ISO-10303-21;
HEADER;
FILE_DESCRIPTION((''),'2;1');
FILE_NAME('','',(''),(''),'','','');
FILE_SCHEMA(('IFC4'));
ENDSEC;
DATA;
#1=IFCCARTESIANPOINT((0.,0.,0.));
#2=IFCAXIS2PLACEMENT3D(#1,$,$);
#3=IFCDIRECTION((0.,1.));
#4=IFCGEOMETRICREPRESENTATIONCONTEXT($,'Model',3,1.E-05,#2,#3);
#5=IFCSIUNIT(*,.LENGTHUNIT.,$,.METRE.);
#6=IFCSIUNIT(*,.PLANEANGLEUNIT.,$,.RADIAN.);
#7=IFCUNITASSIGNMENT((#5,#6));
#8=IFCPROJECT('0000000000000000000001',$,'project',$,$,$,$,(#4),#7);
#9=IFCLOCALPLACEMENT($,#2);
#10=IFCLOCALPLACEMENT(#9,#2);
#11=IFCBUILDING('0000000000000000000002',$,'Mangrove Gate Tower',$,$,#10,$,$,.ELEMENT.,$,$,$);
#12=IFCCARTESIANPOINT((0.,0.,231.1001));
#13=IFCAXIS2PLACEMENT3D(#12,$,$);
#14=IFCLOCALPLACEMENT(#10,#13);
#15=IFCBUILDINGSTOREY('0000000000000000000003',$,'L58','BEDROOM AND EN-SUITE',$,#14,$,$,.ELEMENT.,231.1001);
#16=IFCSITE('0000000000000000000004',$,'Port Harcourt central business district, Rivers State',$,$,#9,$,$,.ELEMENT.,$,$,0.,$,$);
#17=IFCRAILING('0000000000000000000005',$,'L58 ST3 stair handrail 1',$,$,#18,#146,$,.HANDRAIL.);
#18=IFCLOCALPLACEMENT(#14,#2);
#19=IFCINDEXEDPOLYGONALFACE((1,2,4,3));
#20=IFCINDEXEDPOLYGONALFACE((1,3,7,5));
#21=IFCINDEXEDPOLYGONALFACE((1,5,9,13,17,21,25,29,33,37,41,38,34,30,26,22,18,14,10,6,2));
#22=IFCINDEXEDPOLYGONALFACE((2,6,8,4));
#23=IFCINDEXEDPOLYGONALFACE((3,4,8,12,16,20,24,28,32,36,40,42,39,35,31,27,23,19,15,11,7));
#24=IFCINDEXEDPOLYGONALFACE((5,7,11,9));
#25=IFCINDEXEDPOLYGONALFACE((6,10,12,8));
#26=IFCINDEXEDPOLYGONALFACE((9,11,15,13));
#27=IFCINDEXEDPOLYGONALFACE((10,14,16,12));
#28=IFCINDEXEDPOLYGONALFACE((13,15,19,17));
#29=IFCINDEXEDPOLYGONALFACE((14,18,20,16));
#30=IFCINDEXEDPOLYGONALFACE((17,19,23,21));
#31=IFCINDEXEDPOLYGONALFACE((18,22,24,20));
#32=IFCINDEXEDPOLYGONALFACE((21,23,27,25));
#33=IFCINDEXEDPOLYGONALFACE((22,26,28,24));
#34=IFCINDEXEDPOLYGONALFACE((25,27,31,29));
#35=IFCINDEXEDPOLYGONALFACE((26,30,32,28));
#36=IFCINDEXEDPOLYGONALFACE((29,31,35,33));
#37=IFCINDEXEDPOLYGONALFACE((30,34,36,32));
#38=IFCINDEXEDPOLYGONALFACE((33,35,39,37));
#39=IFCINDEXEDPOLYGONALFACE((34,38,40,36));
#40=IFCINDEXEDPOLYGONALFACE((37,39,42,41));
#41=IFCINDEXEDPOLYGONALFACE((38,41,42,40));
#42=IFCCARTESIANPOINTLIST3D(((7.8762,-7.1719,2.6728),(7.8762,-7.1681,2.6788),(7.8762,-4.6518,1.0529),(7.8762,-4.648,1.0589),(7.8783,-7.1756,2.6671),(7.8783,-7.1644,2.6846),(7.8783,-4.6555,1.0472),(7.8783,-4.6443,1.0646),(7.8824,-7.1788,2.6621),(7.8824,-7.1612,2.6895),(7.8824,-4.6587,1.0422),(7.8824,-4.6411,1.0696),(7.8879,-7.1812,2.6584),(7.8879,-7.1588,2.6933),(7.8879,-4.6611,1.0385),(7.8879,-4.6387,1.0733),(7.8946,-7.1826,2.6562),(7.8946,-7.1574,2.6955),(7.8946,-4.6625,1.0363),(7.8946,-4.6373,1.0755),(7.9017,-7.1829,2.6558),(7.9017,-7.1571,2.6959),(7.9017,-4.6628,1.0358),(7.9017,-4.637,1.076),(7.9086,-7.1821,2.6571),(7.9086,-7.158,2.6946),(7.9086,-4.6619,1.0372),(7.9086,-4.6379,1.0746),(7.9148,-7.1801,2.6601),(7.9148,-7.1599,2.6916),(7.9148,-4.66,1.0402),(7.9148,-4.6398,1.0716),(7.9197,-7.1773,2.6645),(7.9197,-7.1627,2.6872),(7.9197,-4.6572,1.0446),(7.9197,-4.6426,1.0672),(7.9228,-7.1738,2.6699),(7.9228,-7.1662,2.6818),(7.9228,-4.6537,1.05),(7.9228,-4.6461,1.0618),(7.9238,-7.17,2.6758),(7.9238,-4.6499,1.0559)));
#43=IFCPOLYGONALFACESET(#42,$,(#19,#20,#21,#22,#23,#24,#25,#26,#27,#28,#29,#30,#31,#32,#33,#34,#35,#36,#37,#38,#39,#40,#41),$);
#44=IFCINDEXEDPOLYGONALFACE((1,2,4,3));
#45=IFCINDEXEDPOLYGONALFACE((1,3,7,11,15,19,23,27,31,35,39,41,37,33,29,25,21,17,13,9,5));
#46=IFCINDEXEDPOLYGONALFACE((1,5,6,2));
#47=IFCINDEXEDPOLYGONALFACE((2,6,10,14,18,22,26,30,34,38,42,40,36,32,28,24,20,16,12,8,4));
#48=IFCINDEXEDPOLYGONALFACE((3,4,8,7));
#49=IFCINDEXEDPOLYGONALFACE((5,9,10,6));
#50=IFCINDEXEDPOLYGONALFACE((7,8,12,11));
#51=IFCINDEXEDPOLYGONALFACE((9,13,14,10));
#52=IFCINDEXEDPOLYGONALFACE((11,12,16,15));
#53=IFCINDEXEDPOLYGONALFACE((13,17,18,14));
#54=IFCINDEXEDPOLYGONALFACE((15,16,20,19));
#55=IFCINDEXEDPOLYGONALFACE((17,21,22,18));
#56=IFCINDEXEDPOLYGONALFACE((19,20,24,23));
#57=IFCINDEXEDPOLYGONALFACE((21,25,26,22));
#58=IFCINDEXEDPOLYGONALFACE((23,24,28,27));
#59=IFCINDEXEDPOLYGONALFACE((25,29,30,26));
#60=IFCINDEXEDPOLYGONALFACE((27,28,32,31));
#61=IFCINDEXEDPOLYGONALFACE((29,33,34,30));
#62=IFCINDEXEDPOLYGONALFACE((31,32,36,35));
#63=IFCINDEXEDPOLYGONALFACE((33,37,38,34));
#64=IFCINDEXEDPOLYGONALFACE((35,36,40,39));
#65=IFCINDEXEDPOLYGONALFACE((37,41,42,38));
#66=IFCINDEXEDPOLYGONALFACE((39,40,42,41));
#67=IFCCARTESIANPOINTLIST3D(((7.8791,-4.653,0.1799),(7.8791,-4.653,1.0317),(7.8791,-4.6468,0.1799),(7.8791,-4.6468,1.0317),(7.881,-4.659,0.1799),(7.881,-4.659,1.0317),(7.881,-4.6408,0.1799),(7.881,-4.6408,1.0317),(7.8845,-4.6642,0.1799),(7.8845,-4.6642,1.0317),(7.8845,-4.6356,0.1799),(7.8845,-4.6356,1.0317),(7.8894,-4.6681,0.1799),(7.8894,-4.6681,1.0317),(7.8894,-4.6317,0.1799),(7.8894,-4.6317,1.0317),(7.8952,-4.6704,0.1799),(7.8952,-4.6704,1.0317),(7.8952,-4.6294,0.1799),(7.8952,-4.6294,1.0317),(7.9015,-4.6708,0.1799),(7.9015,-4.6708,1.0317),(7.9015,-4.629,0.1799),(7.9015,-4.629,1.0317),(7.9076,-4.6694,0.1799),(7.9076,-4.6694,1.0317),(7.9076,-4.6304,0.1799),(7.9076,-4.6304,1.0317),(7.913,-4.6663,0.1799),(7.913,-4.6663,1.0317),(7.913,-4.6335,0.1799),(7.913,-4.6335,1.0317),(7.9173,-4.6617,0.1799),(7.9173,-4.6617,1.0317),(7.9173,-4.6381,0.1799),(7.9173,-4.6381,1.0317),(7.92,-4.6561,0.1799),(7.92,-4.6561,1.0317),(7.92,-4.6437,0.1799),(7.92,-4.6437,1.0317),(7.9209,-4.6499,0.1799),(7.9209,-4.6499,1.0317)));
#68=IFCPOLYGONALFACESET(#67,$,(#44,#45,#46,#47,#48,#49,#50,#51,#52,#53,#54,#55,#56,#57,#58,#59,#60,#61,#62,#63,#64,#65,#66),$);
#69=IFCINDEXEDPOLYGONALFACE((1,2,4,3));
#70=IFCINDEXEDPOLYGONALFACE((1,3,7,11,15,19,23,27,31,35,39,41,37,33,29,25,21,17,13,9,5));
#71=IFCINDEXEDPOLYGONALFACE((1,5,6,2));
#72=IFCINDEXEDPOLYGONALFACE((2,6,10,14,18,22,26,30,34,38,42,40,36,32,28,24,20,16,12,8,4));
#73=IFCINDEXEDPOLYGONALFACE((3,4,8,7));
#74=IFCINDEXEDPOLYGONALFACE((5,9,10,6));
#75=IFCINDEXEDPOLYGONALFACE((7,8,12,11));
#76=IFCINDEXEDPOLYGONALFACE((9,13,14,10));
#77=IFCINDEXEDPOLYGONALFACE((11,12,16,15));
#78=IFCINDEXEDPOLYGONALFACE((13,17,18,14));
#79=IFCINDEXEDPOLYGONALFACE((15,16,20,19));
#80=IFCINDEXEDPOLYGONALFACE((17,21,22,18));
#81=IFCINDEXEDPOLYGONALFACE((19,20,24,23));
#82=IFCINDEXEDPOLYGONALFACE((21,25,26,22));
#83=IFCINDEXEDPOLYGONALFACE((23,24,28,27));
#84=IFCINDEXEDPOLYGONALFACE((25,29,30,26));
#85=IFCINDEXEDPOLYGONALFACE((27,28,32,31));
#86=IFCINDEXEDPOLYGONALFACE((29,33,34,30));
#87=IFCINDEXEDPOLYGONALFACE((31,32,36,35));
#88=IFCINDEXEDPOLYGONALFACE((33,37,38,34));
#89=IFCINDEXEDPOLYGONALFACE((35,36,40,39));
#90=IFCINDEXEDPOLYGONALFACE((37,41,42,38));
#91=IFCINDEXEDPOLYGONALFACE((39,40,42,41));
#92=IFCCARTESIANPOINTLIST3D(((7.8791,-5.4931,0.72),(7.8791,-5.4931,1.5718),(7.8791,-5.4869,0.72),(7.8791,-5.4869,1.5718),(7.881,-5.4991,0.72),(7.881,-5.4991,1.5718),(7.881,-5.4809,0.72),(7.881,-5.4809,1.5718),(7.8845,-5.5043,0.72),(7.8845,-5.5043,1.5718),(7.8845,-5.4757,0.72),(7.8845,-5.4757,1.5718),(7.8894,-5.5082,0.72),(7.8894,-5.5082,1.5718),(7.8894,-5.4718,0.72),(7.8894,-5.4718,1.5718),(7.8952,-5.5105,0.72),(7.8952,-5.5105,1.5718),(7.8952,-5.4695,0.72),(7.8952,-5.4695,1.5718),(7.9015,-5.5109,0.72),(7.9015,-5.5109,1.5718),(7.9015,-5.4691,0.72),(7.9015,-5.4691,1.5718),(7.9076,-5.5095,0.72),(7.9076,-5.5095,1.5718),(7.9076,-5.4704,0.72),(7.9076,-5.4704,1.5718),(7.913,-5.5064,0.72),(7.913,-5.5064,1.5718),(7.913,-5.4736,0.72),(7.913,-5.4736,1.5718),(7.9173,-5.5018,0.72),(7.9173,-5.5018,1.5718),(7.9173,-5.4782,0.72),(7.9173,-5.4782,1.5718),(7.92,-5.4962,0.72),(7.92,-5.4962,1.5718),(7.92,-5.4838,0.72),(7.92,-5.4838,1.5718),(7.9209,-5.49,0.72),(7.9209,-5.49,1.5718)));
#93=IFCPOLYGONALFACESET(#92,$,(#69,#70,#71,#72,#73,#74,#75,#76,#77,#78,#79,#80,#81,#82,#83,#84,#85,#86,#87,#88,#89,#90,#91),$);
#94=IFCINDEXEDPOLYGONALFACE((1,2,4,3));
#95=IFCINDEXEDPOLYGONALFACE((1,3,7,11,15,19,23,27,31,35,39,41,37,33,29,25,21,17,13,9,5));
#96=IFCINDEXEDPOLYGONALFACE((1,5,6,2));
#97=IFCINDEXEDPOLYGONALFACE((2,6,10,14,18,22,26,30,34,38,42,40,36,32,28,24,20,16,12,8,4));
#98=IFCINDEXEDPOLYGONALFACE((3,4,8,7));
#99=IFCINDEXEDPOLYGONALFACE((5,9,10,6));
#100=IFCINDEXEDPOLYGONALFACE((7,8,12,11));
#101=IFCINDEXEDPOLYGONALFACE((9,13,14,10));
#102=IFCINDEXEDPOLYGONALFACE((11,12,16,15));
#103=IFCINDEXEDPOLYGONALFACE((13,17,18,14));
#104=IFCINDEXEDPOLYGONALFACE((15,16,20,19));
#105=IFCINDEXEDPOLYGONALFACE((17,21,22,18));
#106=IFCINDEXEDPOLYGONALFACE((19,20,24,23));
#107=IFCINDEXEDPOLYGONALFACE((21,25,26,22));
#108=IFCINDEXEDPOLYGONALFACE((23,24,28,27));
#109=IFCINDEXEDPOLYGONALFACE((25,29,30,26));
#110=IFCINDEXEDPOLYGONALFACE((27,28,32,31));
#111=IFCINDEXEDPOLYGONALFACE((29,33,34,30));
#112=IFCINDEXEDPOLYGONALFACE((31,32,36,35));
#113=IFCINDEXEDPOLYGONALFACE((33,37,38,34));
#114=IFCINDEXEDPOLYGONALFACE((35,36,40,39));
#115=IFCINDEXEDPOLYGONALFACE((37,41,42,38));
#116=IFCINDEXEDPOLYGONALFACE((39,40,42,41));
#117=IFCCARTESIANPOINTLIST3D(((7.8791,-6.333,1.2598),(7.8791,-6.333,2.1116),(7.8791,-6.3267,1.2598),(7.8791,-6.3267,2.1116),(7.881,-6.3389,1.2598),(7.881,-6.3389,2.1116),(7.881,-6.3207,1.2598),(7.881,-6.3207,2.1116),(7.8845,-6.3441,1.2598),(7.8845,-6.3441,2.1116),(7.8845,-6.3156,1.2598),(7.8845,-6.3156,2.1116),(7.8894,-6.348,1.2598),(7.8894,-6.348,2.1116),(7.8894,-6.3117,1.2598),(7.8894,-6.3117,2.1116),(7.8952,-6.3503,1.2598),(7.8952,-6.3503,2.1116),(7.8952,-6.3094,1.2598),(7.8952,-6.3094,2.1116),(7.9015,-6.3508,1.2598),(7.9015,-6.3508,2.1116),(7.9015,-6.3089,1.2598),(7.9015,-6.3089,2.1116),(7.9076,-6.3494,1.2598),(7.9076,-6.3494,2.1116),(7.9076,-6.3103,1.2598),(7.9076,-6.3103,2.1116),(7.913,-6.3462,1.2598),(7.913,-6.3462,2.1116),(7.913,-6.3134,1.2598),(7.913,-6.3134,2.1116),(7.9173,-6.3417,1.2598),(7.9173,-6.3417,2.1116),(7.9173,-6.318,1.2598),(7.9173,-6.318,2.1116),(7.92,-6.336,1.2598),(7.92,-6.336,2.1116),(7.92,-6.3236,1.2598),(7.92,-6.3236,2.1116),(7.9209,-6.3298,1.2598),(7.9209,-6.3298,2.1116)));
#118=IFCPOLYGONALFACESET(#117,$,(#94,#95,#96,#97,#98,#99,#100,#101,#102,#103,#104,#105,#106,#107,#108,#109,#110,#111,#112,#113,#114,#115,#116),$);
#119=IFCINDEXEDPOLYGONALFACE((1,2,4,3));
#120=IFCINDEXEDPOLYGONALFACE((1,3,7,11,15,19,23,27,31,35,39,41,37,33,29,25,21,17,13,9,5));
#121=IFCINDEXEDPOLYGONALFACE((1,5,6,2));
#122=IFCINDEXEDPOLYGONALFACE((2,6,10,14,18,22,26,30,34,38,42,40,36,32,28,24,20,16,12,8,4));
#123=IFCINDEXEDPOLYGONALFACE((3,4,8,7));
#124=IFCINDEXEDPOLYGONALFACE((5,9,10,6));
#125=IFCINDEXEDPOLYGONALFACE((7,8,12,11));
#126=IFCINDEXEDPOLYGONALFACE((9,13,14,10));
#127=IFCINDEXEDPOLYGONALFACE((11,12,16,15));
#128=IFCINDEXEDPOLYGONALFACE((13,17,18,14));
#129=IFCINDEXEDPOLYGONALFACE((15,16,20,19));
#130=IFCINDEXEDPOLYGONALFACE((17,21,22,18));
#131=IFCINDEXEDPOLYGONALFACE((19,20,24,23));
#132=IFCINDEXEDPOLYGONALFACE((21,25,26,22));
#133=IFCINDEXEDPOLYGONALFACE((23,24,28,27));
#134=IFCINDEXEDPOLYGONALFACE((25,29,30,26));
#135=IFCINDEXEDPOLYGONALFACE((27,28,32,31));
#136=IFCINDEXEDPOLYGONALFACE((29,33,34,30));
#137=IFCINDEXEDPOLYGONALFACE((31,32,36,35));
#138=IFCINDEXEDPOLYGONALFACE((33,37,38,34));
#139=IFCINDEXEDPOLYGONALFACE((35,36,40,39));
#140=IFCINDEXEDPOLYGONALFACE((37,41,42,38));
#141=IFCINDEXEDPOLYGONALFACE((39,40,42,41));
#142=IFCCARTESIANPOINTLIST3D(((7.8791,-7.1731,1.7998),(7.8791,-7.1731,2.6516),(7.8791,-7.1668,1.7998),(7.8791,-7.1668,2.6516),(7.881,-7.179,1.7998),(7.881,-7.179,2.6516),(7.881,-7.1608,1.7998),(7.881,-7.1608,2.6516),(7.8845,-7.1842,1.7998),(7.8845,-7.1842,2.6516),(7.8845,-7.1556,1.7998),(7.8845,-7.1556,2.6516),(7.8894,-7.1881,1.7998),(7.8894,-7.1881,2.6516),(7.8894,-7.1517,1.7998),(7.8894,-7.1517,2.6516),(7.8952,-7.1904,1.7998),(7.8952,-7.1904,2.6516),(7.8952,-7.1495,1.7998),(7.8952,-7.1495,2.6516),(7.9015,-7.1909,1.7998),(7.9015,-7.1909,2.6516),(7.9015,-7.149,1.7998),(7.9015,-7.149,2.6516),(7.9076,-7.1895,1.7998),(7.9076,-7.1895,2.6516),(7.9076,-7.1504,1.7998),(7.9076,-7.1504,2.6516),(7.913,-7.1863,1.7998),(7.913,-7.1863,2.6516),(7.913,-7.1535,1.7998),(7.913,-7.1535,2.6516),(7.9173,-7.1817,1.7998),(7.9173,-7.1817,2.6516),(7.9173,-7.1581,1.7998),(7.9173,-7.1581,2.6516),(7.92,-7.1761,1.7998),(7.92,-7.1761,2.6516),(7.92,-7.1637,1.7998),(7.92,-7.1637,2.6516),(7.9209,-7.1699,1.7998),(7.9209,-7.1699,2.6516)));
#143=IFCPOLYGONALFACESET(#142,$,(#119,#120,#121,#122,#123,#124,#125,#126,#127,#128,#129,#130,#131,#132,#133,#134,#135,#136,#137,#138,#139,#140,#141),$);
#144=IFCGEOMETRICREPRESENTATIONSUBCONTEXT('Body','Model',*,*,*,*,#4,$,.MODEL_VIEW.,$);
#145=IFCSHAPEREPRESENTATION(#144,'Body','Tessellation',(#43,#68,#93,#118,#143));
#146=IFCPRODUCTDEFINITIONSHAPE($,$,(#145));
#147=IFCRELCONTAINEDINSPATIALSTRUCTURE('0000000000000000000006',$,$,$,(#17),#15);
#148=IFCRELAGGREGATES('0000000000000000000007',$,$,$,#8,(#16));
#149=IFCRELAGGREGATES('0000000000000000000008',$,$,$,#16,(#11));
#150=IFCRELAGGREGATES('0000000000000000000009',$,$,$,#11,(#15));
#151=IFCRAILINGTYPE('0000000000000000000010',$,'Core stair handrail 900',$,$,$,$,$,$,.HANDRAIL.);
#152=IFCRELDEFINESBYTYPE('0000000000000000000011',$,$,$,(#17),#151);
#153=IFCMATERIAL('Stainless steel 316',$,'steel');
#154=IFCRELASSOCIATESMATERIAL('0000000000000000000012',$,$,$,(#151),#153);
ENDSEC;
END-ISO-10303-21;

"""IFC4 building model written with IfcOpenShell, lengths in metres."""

from ifc_helpers import new_model, si_unit, direction, frame, origin, origin_2d, place, context, subcontext, project, spatial, circle, extrude, material, type_object, element, save


model = new_model("IFC4")

# Units and contexts
model_context = context("Model", 3, precision=1e-05, world=origin(), true_north=direction((0.0, 1.0)))
body_context = subcontext(model_context, "Body", "Model", "MODEL_VIEW")
ifc_project = project(units=[si_unit("LENGTHUNIT", "METRE"), si_unit("PLANEANGLEUNIT", "RADIAN")], contexts=[model_context])

# Site, building, storey
site_placement = place(None, origin())
site = spatial("IfcSite", under=ifc_project, at=site_placement, Name="Port Harcourt central business district, Rivers State", CompositionType="ELEMENT", RefElevation=0.0)
building_placement = place(site_placement, origin())
building = spatial("IfcBuilding", under=site, at=building_placement, Name="Mangrove Gate Tower", CompositionType="ELEMENT")
storey_placement = place(building_placement, frame((0.0, 0.0, 231.1001)))
storey = spatial("IfcBuildingStorey", under=building, at=storey_placement, Name="L58", Description="BEDROOM AND EN-SUITE", CompositionType="ELEMENT", Elevation=231.1001)

# Railing
ifc_material_1 = material(Name="Stainless steel 316", Category="steel")
railing_type_1 = type_object("IfcRailingType", Name="Core stair handrail 900", PredefinedType="HANDRAIL", material=ifc_material_1)
railing_1_placement = place(storey_placement, frame((7.8999, -4.6499, 0.1799)))
element("IfcRailing", 1, at=railing_1_placement, inside=storey, type_object=railing_type_1, Name="L58 ST3 stair handrail 1", PredefinedType="HANDRAIL", context=body_context, shape_type="SweptSolid", body=[
    extrude(circle(Radius=0.0239, at=origin_2d()), frame((0.0, 0.0, 0.876), z_axis=(0.0, -0.8412, 0.540725), x_axis=(1.0, 0.0, 0.0)), (0.0, 0.0, 1.0), 2.9958),
    extrude(circle(Radius=0.021, at=origin_2d()), origin(), (0.0, 0.0, 1.0), 0.8518),
    extrude(circle(Radius=0.021, at=origin_2d()), frame((0.0, -0.8401, 0.54)), (0.0, 0.0, 1.0), 0.8518),
    extrude(circle(Radius=0.021, at=origin_2d()), frame((0.0, -1.6799, 1.0798)), (0.0, 0.0, 1.0), 0.8518),
    extrude(circle(Radius=0.021, at=origin_2d()), frame((0.0, -2.52, 1.6199)), (0.0, 0.0, 1.0), 0.8518),
])

save(model, "model.ifc")
